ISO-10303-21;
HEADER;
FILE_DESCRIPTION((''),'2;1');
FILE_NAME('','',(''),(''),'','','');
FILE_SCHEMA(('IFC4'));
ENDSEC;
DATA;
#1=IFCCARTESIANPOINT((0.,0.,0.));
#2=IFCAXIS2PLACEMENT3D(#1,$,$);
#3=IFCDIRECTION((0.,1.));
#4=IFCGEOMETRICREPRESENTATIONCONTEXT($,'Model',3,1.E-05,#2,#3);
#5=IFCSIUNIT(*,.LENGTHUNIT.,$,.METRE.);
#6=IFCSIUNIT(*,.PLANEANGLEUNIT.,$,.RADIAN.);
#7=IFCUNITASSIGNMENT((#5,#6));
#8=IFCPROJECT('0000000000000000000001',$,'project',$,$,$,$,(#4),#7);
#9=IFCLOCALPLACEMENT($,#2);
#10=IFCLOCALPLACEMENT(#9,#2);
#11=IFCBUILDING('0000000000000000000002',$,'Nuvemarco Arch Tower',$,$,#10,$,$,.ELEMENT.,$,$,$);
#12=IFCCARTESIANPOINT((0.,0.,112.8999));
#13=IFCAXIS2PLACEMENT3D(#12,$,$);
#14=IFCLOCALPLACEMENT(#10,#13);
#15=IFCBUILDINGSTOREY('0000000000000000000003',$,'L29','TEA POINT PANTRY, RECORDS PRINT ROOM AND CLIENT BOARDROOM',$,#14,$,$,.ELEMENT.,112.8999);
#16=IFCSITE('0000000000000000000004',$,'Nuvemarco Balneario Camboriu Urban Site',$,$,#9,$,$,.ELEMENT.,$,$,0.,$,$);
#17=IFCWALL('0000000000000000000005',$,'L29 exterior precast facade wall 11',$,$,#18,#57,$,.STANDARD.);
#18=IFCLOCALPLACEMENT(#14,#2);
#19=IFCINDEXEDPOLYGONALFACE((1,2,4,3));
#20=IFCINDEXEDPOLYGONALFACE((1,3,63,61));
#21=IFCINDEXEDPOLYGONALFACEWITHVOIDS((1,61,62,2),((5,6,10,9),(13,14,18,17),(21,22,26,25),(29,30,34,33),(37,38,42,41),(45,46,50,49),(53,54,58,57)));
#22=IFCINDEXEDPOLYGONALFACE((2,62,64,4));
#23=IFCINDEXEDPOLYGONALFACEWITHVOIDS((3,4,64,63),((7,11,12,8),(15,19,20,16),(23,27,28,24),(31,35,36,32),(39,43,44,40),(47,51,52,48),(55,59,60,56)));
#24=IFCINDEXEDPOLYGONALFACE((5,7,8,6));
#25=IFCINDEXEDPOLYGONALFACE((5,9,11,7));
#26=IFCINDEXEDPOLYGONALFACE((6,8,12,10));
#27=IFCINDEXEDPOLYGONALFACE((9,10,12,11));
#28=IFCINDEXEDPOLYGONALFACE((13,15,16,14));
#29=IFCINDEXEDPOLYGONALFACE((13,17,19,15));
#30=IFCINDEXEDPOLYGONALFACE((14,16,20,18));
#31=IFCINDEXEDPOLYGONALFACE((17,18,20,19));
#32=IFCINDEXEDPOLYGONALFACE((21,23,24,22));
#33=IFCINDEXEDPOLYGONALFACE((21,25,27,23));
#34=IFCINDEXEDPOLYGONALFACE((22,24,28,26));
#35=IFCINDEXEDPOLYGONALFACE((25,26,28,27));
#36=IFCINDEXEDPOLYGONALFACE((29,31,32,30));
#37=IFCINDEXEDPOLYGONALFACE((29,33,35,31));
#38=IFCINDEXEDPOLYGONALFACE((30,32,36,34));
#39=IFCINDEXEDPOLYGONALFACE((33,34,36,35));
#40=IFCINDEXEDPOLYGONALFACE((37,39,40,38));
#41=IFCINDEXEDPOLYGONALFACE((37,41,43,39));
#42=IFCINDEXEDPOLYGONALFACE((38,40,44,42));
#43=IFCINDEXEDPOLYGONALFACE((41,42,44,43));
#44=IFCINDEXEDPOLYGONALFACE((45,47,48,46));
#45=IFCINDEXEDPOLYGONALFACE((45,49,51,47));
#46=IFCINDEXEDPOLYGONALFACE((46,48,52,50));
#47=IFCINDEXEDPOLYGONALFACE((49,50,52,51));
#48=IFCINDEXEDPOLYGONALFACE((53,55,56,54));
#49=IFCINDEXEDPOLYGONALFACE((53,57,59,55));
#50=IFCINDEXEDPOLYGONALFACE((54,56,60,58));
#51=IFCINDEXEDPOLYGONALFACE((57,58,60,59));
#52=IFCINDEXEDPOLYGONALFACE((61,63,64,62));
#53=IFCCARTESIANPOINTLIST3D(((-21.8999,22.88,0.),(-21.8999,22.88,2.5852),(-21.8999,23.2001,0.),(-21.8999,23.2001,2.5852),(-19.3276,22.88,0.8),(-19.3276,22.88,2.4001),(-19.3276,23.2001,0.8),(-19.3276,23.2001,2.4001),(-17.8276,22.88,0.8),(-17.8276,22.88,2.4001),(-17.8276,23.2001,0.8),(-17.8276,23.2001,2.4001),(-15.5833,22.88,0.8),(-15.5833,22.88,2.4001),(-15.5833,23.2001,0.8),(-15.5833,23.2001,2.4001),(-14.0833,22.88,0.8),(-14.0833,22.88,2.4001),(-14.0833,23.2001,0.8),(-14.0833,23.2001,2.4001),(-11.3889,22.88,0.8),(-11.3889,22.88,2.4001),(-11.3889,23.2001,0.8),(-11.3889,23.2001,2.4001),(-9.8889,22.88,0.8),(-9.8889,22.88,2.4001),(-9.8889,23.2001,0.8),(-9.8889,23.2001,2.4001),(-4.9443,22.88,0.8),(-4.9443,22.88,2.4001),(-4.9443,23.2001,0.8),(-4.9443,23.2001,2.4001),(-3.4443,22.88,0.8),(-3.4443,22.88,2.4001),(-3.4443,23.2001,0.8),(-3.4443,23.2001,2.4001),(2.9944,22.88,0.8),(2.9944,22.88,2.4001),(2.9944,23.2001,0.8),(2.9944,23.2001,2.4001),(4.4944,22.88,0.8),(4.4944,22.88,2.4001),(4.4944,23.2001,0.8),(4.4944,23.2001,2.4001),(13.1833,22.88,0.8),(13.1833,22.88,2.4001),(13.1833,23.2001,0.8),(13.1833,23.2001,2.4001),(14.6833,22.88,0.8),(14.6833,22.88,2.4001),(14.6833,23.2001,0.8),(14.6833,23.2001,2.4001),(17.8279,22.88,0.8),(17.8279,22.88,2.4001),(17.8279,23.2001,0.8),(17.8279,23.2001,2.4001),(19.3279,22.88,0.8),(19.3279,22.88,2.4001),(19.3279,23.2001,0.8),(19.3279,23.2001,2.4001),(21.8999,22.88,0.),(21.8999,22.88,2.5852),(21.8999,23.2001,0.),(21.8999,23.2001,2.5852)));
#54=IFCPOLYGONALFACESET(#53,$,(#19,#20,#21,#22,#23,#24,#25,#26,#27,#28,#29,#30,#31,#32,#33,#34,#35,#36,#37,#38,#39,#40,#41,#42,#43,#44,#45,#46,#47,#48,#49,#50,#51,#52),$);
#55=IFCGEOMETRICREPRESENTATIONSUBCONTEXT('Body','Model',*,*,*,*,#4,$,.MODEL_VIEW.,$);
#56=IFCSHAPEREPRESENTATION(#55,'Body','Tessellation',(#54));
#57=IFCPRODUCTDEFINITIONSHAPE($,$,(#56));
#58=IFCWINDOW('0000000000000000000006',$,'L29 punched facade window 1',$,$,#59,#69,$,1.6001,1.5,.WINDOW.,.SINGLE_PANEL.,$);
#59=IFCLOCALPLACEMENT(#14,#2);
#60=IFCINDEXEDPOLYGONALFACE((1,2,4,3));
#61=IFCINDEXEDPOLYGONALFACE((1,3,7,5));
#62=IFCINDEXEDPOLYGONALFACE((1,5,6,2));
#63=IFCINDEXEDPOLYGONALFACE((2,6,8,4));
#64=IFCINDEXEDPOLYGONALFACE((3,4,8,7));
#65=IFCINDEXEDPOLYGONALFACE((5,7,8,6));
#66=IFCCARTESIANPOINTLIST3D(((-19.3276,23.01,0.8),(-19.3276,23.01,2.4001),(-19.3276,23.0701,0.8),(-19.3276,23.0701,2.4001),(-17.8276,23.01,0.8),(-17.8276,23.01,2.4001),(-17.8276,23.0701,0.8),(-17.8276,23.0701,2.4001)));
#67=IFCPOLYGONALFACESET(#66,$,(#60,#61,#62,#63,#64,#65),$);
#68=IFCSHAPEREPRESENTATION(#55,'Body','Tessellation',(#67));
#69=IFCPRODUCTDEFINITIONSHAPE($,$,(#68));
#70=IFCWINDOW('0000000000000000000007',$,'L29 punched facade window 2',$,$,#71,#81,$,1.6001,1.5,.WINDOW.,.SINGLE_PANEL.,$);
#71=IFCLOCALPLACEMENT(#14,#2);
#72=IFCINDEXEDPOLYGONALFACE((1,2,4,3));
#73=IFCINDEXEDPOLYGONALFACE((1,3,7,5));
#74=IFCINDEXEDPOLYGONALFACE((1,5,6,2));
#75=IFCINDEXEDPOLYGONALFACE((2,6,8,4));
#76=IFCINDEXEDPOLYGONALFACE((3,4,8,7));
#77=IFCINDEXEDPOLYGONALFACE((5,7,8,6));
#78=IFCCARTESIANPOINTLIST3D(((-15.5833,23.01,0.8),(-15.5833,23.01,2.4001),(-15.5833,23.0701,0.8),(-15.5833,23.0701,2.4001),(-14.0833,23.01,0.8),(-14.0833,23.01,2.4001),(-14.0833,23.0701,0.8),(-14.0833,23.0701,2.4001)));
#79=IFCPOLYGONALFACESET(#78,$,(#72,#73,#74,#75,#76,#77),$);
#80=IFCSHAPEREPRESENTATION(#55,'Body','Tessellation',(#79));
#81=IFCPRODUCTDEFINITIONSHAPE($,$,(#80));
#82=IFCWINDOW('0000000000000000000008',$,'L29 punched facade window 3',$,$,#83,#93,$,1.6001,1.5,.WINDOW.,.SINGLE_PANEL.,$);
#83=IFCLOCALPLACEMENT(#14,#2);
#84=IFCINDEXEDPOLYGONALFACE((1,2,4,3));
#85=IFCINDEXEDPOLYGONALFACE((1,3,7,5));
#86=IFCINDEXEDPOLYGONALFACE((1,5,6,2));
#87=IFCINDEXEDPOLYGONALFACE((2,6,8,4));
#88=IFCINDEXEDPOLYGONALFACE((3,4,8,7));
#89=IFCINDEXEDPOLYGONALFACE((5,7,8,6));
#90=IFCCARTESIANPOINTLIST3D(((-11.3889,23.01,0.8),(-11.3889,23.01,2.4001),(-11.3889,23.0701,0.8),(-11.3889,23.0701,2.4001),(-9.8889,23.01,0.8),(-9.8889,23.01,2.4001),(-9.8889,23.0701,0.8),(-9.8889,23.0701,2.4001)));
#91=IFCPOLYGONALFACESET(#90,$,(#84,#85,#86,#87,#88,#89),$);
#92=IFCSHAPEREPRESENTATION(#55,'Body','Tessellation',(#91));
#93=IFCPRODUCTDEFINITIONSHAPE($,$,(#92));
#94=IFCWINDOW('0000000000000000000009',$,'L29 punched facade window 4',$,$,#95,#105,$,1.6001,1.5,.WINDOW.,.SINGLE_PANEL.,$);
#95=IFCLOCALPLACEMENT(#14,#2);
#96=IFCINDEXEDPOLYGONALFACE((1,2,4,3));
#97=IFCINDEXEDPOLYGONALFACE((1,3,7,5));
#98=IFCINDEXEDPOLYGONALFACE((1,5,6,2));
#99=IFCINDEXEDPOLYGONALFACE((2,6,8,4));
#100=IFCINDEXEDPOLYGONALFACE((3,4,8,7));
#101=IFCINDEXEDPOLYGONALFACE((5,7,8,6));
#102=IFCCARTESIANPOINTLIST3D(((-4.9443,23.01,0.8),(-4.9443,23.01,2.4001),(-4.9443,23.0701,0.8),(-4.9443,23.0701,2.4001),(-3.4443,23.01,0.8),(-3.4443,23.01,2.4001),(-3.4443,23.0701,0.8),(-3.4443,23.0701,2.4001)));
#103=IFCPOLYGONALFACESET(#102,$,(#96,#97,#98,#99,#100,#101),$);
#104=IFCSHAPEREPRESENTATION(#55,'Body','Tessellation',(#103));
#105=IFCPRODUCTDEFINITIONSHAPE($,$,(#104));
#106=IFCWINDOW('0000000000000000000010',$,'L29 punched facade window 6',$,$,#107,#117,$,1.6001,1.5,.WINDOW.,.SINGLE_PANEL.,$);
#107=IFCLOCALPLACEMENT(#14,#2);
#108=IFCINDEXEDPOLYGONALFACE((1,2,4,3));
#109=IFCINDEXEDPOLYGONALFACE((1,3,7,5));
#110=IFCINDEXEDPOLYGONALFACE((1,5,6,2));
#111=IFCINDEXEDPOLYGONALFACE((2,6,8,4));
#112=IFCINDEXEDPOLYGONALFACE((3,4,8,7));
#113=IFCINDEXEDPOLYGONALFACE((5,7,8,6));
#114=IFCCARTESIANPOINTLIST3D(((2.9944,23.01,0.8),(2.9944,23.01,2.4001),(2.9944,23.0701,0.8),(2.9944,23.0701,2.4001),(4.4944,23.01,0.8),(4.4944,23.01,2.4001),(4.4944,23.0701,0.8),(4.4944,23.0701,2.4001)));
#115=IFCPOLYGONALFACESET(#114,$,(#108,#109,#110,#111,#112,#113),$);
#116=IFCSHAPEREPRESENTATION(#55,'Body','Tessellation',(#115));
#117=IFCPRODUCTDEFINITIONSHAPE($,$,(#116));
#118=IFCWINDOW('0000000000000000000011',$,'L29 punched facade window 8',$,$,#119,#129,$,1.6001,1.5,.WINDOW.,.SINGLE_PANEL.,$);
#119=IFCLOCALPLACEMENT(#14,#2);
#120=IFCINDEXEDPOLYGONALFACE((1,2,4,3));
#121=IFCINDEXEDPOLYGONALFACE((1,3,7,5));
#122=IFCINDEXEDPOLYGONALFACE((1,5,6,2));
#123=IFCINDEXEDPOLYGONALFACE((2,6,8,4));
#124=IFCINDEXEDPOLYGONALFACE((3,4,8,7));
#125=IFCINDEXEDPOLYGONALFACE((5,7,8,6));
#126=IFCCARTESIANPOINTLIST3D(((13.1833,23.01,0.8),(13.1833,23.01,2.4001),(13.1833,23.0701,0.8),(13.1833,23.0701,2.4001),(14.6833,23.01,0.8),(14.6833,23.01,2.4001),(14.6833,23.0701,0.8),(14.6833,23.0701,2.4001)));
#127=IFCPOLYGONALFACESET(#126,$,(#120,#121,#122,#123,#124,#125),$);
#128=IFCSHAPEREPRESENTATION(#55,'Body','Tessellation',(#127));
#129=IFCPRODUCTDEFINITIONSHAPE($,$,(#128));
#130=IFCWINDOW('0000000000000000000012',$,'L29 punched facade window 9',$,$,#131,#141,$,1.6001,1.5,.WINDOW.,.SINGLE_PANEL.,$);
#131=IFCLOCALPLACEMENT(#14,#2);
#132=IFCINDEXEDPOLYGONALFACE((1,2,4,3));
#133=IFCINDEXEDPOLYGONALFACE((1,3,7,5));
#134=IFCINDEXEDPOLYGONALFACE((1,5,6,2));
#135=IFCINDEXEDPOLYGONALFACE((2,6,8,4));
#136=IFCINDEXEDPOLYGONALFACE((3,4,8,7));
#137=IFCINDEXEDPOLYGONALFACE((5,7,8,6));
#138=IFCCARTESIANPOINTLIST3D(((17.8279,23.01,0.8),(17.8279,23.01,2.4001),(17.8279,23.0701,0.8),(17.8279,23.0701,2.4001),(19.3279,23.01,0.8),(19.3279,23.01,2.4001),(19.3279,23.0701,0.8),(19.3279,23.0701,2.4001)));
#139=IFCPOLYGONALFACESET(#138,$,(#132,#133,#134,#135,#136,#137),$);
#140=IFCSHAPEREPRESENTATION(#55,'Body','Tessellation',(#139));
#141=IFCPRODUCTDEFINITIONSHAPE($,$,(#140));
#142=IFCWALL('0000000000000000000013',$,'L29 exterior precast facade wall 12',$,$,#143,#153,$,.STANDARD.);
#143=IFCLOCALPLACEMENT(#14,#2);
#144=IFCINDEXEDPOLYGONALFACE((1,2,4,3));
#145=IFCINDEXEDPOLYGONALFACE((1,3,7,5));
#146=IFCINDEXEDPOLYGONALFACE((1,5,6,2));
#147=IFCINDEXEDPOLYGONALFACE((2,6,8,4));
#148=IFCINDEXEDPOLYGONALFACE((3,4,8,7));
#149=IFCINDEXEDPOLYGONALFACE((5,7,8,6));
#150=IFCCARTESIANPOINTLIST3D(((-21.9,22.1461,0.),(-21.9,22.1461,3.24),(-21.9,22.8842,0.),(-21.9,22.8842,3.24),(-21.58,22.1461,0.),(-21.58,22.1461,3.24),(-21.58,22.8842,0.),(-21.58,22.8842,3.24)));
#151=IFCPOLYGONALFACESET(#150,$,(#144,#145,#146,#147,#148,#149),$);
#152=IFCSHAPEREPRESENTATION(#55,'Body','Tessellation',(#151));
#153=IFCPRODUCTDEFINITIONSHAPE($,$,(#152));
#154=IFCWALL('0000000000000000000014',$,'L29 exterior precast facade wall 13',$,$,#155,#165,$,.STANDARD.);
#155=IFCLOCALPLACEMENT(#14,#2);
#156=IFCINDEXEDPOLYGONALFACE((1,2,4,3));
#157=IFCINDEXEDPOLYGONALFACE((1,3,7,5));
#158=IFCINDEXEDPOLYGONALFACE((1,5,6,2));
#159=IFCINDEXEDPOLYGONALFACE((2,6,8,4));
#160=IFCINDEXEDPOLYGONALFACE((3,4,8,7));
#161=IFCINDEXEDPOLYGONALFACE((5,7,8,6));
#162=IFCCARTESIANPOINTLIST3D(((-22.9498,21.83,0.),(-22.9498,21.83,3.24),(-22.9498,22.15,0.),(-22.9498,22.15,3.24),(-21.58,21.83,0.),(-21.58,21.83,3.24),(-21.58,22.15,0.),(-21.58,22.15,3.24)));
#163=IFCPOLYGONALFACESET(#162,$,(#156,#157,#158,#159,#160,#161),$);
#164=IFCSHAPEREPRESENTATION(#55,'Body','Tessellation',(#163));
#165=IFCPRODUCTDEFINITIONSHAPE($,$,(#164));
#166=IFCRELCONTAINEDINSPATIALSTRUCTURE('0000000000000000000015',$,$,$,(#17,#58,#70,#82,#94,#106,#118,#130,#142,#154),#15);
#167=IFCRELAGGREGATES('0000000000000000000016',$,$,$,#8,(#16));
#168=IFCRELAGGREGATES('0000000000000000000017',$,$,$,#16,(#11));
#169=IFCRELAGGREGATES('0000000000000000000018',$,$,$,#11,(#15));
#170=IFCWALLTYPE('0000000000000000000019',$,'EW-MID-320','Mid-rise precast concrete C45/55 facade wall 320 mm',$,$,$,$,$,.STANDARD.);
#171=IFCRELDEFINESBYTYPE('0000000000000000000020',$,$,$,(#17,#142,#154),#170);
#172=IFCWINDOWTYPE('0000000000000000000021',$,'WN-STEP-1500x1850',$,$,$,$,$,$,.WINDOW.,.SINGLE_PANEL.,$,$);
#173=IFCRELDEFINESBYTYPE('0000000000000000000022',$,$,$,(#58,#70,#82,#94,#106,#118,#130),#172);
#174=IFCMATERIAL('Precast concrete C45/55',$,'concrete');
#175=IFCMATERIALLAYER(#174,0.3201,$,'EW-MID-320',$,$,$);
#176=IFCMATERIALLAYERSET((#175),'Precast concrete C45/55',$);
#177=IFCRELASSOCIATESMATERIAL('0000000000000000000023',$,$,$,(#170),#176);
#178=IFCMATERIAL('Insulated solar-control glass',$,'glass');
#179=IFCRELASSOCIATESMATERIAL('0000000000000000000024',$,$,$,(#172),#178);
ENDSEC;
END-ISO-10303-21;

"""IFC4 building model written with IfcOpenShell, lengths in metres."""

from ifc_helpers import new_model, si_unit, direction, frame, frame_2d, origin, place, context, subcontext, project, spatial, rectangle, extrude, source, transform, mapped, material, layer, layer_set, type_object, type_shapes, element, fill, save


model = new_model("IFC4")

# Units and contexts
model_context = context("Model", 3, precision=1e-05, world=origin(), true_north=direction((0.0, 1.0)))
body_context = subcontext(model_context, "Body", "Model", "MODEL_VIEW")
ifc_project = project(units=[si_unit("LENGTHUNIT", "METRE"), si_unit("PLANEANGLEUNIT", "RADIAN")], contexts=[model_context])

# Site, building, storey
site_placement = place(None, origin())
site = spatial("IfcSite", under=ifc_project, at=site_placement, Name="Nuvemarco Balneario Camboriu Urban Site", CompositionType="ELEMENT", RefElevation=0.0)
building_placement = place(site_placement, origin())
building = spatial("IfcBuilding", under=site, at=building_placement, Name="Nuvemarco Arch Tower", CompositionType="ELEMENT")
storey_placement = place(building_placement, frame((0.0, 0.0, 112.8999)))
storey = spatial("IfcBuildingStorey", under=building, at=storey_placement, Name="L29", Description="TEA POINT PANTRY, RECORDS PRINT ROOM AND CLIENT BOARDROOM", CompositionType="ELEMENT", Elevation=112.8999)

# Wall, openings, windows
ifc_material_1 = material(Name="Precast concrete C45/55", Category="concrete")
ifc_layer_1 = layer(ifc_material_1, 0.3201, Name="EW-MID-320")
ifc_layer_set_1 = layer_set([ifc_layer_1], Name="Precast concrete C45/55")
wall_type_1 = type_object("IfcWallType", Name="EW-MID-320", Description="Mid-rise precast concrete C45/55 facade wall 320 mm", PredefinedType="STANDARD", material=ifc_layer_set_1)
wall_1_placement = place(storey_placement, frame((-21.8999, 23.04, 0.0), z_axis=(0.0, 0.0, 1.0), x_axis=(1.0, 0.0, 0.0)))
wall_1 = element("IfcWall", 1, at=wall_1_placement, inside=storey, type_object=wall_type_1, Name="L29 exterior precast facade wall 11", PredefinedType="STANDARD", context=body_context, shape_type="SweptSolid", body=[
    extrude(rectangle(XDim=43.7998, YDim=0.3201, at=frame_2d((21.8999, 0.0))), origin(), (0.0, 0.0, 1.0), 2.5852),
])
opening_1_placement = place(wall_1_placement, frame((2.5723, 0.0, 0.8)))
opening_1 = element("IfcOpeningElement", 2, at=opening_1_placement, cuts=wall_1, PredefinedType="OPENING", context=body_context, shape_type="SweptSolid", body=[
    extrude(rectangle(XDim=1.5, YDim=1.6001, at=frame_2d((0.75, 0.8))), frame((0.0, 0.1699, 0.0), z_axis=(0.0, -1.0, 0.0), x_axis=(1.0, 0.0, 0.0)), (0.0, 0.0, 1.0), 0.3401),
])
opening_2_placement = place(wall_1_placement, frame((6.3167, 0.0, 0.8)))
opening_2 = element("IfcOpeningElement", 3, at=opening_2_placement, cuts=wall_1, PredefinedType="OPENING", context=body_context, shape_type="SweptSolid", body=[
    extrude(rectangle(XDim=1.5, YDim=1.6001, at=frame_2d((0.75, 0.8))), frame((0.0, 0.1699, 0.0), z_axis=(0.0, -1.0, 0.0), x_axis=(1.0, 0.0, 0.0)), (0.0, 0.0, 1.0), 0.3401),
])
opening_3_placement = place(wall_1_placement, frame((10.511, 0.0, 0.8)))
opening_3 = element("IfcOpeningElement", 4, at=opening_3_placement, cuts=wall_1, PredefinedType="OPENING", context=body_context, shape_type="SweptSolid", body=[
    extrude(rectangle(XDim=1.5, YDim=1.6001, at=frame_2d((0.75, 0.8))), frame((0.0, 0.1699, 0.0), z_axis=(0.0, -1.0, 0.0), x_axis=(1.0, 0.0, 0.0)), (0.0, 0.0, 1.0), 0.3401),
])
opening_4_placement = place(wall_1_placement, frame((16.9556, 0.0, 0.8)))
opening_4 = element("IfcOpeningElement", 5, at=opening_4_placement, cuts=wall_1, PredefinedType="OPENING", context=body_context, shape_type="SweptSolid", body=[
    extrude(rectangle(XDim=1.5, YDim=1.6001, at=frame_2d((0.75, 0.8))), frame((0.0, 0.1699, 0.0), z_axis=(0.0, -1.0, 0.0), x_axis=(1.0, 0.0, 0.0)), (0.0, 0.0, 1.0), 0.3401),
])
opening_5_placement = place(wall_1_placement, frame((24.8943, 0.0, 0.8)))
opening_5 = element("IfcOpeningElement", 6, at=opening_5_placement, cuts=wall_1, PredefinedType="OPENING", context=body_context, shape_type="SweptSolid", body=[
    extrude(rectangle(XDim=1.5, YDim=1.6001, at=frame_2d((0.75, 0.8))), frame((0.0, 0.1699, 0.0), z_axis=(0.0, -1.0, 0.0), x_axis=(1.0, 0.0, 0.0)), (0.0, 0.0, 1.0), 0.3401),
])
opening_6_placement = place(wall_1_placement, frame((35.0833, 0.0, 0.8)))
opening_6 = element("IfcOpeningElement", 7, at=opening_6_placement, cuts=wall_1, PredefinedType="OPENING", context=body_context, shape_type="SweptSolid", body=[
    extrude(rectangle(XDim=1.5, YDim=1.6001, at=frame_2d((0.75, 0.8))), frame((0.0, 0.1699, 0.0), z_axis=(0.0, -1.0, 0.0), x_axis=(1.0, 0.0, 0.0)), (0.0, 0.0, 1.0), 0.3401),
])
opening_7_placement = place(wall_1_placement, frame((39.7278, 0.0, 0.8)))
opening_7 = element("IfcOpeningElement", 8, at=opening_7_placement, cuts=wall_1, PredefinedType="OPENING", context=body_context, shape_type="SweptSolid", body=[
    extrude(rectangle(XDim=1.5, YDim=1.6001, at=frame_2d((0.75, 0.8))), frame((0.0, 0.1699, 0.0), z_axis=(0.0, -1.0, 0.0), x_axis=(1.0, 0.0, 0.0)), (0.0, 0.0, 1.0), 0.3401),
])
ifc_material_2 = material(Name="Insulated solar-control glass", Category="glass")
window_type = type_object("IfcWindowType", Name="WN-STEP-1500x1850", PartitioningType="SINGLE_PANEL", PredefinedType="WINDOW", material=ifc_material_2)
shared_shape_1 = source(origin(), body_context, "Body", "SweptSolid", [
    extrude(rectangle(XDim=1.5, YDim=1.6001, at=frame_2d((0.75, 0.8))), frame((0.0, 0.03, 0.0), z_axis=(0.0, -1.0, 0.0), x_axis=(1.0, 0.0, 0.0)), (0.0, 0.0, 1.0), 0.0601),
])
type_shapes(window_type, [shared_shape_1])
window_1_placement = place(opening_1_placement, origin())
window_1 = element("IfcWindow", 9, at=window_1_placement, inside=storey, type_object=window_type, Name="L29 punched facade window 1", OverallHeight=1.6001, OverallWidth=1.5, PartitioningType="SINGLE_PANEL", PredefinedType="WINDOW", context=body_context, shape_type="MappedRepresentation", body=[
    mapped(shared_shape_1, transform((0.0, 0.0, 0.0), scale=1.0)),
])
fill(opening_1, window_1)
window_2_placement = place(opening_2_placement, origin())
window_2 = element("IfcWindow", 10, at=window_2_placement, inside=storey, type_object=window_type, Name="L29 punched facade window 2", OverallHeight=1.6001, OverallWidth=1.5, PartitioningType="SINGLE_PANEL", PredefinedType="WINDOW", context=body_context, shape_type="MappedRepresentation", body=[
    mapped(shared_shape_1, transform((0.0, 0.0, 0.0), scale=1.0)),
])
fill(opening_2, window_2)
window_3_placement = place(opening_3_placement, origin())
window_3 = element("IfcWindow", 11, at=window_3_placement, inside=storey, type_object=window_type, Name="L29 punched facade window 3", OverallHeight=1.6001, OverallWidth=1.5, PartitioningType="SINGLE_PANEL", PredefinedType="WINDOW", context=body_context, shape_type="MappedRepresentation", body=[
    mapped(shared_shape_1, transform((0.0, 0.0, 0.0), scale=1.0)),
])
fill(opening_3, window_3)
window_4_placement = place(opening_4_placement, origin())
window_4 = element("IfcWindow", 12, at=window_4_placement, inside=storey, type_object=window_type, Name="L29 punched facade window 4", OverallHeight=1.6001, OverallWidth=1.5, PartitioningType="SINGLE_PANEL", PredefinedType="WINDOW", context=body_context, shape_type="MappedRepresentation", body=[
    mapped(shared_shape_1, transform((0.0, 0.0, 0.0), scale=1.0)),
])
fill(opening_4, window_4)
window_5_placement = place(opening_5_placement, origin())
window_5 = element("IfcWindow", 13, at=window_5_placement, inside=storey, type_object=window_type, Name="L29 punched facade window 6", OverallHeight=1.6001, OverallWidth=1.5, PartitioningType="SINGLE_PANEL", PredefinedType="WINDOW", context=body_context, shape_type="MappedRepresentation", body=[
    mapped(shared_shape_1, transform((0.0, 0.0, 0.0), scale=1.0)),
])
fill(opening_5, window_5)
window_6_placement = place(opening_6_placement, origin())
window_6 = element("IfcWindow", 14, at=window_6_placement, inside=storey, type_object=window_type, Name="L29 punched facade window 8", OverallHeight=1.6001, OverallWidth=1.5, PartitioningType="SINGLE_PANEL", PredefinedType="WINDOW", context=body_context, shape_type="MappedRepresentation", body=[
    mapped(shared_shape_1, transform((0.0, 0.0, 0.0), scale=1.0)),
])
fill(opening_6, window_6)
window_7_placement = place(opening_7_placement, origin())
window_7 = element("IfcWindow", 15, at=window_7_placement, inside=storey, type_object=window_type, Name="L29 punched facade window 9", OverallHeight=1.6001, OverallWidth=1.5, PartitioningType="SINGLE_PANEL", PredefinedType="WINDOW", context=body_context, shape_type="MappedRepresentation", body=[
    mapped(shared_shape_1, transform((0.0, 0.0, 0.0), scale=1.0)),
])
fill(opening_7, window_7)

# Walls
wall_2_placement = place(storey_placement, frame((-21.74, 22.146, 0.0), z_axis=(0.0, 0.0, 1.0), x_axis=(0.0, 1.0, 0.0)))
element("IfcWall", 16, at=wall_2_placement, inside=storey, type_object=wall_type_1, Name="L29 exterior precast facade wall 12", PredefinedType="STANDARD", context=body_context, shape_type="SweptSolid", body=[
    extrude(rectangle(XDim=0.738, YDim=0.3201, at=frame_2d((0.3691, 0.0))), origin(), (0.0, 0.0, 1.0), 3.24),
])
wall_3_placement = place(storey_placement, frame((-22.95, 21.99, 0.0), z_axis=(0.0, 0.0, 1.0), x_axis=(1.0, 0.0, 0.0)))
element("IfcWall", 17, at=wall_3_placement, inside=storey, type_object=wall_type_1, Name="L29 exterior precast facade wall 13", PredefinedType="STANDARD", context=body_context, shape_type="SweptSolid", body=[
    extrude(rectangle(XDim=1.3699, YDim=0.3201, at=frame_2d((0.6851, 0.0))), origin(), (0.0, 0.0, 1.0), 3.24),
])

save(model, "model.ifc")
